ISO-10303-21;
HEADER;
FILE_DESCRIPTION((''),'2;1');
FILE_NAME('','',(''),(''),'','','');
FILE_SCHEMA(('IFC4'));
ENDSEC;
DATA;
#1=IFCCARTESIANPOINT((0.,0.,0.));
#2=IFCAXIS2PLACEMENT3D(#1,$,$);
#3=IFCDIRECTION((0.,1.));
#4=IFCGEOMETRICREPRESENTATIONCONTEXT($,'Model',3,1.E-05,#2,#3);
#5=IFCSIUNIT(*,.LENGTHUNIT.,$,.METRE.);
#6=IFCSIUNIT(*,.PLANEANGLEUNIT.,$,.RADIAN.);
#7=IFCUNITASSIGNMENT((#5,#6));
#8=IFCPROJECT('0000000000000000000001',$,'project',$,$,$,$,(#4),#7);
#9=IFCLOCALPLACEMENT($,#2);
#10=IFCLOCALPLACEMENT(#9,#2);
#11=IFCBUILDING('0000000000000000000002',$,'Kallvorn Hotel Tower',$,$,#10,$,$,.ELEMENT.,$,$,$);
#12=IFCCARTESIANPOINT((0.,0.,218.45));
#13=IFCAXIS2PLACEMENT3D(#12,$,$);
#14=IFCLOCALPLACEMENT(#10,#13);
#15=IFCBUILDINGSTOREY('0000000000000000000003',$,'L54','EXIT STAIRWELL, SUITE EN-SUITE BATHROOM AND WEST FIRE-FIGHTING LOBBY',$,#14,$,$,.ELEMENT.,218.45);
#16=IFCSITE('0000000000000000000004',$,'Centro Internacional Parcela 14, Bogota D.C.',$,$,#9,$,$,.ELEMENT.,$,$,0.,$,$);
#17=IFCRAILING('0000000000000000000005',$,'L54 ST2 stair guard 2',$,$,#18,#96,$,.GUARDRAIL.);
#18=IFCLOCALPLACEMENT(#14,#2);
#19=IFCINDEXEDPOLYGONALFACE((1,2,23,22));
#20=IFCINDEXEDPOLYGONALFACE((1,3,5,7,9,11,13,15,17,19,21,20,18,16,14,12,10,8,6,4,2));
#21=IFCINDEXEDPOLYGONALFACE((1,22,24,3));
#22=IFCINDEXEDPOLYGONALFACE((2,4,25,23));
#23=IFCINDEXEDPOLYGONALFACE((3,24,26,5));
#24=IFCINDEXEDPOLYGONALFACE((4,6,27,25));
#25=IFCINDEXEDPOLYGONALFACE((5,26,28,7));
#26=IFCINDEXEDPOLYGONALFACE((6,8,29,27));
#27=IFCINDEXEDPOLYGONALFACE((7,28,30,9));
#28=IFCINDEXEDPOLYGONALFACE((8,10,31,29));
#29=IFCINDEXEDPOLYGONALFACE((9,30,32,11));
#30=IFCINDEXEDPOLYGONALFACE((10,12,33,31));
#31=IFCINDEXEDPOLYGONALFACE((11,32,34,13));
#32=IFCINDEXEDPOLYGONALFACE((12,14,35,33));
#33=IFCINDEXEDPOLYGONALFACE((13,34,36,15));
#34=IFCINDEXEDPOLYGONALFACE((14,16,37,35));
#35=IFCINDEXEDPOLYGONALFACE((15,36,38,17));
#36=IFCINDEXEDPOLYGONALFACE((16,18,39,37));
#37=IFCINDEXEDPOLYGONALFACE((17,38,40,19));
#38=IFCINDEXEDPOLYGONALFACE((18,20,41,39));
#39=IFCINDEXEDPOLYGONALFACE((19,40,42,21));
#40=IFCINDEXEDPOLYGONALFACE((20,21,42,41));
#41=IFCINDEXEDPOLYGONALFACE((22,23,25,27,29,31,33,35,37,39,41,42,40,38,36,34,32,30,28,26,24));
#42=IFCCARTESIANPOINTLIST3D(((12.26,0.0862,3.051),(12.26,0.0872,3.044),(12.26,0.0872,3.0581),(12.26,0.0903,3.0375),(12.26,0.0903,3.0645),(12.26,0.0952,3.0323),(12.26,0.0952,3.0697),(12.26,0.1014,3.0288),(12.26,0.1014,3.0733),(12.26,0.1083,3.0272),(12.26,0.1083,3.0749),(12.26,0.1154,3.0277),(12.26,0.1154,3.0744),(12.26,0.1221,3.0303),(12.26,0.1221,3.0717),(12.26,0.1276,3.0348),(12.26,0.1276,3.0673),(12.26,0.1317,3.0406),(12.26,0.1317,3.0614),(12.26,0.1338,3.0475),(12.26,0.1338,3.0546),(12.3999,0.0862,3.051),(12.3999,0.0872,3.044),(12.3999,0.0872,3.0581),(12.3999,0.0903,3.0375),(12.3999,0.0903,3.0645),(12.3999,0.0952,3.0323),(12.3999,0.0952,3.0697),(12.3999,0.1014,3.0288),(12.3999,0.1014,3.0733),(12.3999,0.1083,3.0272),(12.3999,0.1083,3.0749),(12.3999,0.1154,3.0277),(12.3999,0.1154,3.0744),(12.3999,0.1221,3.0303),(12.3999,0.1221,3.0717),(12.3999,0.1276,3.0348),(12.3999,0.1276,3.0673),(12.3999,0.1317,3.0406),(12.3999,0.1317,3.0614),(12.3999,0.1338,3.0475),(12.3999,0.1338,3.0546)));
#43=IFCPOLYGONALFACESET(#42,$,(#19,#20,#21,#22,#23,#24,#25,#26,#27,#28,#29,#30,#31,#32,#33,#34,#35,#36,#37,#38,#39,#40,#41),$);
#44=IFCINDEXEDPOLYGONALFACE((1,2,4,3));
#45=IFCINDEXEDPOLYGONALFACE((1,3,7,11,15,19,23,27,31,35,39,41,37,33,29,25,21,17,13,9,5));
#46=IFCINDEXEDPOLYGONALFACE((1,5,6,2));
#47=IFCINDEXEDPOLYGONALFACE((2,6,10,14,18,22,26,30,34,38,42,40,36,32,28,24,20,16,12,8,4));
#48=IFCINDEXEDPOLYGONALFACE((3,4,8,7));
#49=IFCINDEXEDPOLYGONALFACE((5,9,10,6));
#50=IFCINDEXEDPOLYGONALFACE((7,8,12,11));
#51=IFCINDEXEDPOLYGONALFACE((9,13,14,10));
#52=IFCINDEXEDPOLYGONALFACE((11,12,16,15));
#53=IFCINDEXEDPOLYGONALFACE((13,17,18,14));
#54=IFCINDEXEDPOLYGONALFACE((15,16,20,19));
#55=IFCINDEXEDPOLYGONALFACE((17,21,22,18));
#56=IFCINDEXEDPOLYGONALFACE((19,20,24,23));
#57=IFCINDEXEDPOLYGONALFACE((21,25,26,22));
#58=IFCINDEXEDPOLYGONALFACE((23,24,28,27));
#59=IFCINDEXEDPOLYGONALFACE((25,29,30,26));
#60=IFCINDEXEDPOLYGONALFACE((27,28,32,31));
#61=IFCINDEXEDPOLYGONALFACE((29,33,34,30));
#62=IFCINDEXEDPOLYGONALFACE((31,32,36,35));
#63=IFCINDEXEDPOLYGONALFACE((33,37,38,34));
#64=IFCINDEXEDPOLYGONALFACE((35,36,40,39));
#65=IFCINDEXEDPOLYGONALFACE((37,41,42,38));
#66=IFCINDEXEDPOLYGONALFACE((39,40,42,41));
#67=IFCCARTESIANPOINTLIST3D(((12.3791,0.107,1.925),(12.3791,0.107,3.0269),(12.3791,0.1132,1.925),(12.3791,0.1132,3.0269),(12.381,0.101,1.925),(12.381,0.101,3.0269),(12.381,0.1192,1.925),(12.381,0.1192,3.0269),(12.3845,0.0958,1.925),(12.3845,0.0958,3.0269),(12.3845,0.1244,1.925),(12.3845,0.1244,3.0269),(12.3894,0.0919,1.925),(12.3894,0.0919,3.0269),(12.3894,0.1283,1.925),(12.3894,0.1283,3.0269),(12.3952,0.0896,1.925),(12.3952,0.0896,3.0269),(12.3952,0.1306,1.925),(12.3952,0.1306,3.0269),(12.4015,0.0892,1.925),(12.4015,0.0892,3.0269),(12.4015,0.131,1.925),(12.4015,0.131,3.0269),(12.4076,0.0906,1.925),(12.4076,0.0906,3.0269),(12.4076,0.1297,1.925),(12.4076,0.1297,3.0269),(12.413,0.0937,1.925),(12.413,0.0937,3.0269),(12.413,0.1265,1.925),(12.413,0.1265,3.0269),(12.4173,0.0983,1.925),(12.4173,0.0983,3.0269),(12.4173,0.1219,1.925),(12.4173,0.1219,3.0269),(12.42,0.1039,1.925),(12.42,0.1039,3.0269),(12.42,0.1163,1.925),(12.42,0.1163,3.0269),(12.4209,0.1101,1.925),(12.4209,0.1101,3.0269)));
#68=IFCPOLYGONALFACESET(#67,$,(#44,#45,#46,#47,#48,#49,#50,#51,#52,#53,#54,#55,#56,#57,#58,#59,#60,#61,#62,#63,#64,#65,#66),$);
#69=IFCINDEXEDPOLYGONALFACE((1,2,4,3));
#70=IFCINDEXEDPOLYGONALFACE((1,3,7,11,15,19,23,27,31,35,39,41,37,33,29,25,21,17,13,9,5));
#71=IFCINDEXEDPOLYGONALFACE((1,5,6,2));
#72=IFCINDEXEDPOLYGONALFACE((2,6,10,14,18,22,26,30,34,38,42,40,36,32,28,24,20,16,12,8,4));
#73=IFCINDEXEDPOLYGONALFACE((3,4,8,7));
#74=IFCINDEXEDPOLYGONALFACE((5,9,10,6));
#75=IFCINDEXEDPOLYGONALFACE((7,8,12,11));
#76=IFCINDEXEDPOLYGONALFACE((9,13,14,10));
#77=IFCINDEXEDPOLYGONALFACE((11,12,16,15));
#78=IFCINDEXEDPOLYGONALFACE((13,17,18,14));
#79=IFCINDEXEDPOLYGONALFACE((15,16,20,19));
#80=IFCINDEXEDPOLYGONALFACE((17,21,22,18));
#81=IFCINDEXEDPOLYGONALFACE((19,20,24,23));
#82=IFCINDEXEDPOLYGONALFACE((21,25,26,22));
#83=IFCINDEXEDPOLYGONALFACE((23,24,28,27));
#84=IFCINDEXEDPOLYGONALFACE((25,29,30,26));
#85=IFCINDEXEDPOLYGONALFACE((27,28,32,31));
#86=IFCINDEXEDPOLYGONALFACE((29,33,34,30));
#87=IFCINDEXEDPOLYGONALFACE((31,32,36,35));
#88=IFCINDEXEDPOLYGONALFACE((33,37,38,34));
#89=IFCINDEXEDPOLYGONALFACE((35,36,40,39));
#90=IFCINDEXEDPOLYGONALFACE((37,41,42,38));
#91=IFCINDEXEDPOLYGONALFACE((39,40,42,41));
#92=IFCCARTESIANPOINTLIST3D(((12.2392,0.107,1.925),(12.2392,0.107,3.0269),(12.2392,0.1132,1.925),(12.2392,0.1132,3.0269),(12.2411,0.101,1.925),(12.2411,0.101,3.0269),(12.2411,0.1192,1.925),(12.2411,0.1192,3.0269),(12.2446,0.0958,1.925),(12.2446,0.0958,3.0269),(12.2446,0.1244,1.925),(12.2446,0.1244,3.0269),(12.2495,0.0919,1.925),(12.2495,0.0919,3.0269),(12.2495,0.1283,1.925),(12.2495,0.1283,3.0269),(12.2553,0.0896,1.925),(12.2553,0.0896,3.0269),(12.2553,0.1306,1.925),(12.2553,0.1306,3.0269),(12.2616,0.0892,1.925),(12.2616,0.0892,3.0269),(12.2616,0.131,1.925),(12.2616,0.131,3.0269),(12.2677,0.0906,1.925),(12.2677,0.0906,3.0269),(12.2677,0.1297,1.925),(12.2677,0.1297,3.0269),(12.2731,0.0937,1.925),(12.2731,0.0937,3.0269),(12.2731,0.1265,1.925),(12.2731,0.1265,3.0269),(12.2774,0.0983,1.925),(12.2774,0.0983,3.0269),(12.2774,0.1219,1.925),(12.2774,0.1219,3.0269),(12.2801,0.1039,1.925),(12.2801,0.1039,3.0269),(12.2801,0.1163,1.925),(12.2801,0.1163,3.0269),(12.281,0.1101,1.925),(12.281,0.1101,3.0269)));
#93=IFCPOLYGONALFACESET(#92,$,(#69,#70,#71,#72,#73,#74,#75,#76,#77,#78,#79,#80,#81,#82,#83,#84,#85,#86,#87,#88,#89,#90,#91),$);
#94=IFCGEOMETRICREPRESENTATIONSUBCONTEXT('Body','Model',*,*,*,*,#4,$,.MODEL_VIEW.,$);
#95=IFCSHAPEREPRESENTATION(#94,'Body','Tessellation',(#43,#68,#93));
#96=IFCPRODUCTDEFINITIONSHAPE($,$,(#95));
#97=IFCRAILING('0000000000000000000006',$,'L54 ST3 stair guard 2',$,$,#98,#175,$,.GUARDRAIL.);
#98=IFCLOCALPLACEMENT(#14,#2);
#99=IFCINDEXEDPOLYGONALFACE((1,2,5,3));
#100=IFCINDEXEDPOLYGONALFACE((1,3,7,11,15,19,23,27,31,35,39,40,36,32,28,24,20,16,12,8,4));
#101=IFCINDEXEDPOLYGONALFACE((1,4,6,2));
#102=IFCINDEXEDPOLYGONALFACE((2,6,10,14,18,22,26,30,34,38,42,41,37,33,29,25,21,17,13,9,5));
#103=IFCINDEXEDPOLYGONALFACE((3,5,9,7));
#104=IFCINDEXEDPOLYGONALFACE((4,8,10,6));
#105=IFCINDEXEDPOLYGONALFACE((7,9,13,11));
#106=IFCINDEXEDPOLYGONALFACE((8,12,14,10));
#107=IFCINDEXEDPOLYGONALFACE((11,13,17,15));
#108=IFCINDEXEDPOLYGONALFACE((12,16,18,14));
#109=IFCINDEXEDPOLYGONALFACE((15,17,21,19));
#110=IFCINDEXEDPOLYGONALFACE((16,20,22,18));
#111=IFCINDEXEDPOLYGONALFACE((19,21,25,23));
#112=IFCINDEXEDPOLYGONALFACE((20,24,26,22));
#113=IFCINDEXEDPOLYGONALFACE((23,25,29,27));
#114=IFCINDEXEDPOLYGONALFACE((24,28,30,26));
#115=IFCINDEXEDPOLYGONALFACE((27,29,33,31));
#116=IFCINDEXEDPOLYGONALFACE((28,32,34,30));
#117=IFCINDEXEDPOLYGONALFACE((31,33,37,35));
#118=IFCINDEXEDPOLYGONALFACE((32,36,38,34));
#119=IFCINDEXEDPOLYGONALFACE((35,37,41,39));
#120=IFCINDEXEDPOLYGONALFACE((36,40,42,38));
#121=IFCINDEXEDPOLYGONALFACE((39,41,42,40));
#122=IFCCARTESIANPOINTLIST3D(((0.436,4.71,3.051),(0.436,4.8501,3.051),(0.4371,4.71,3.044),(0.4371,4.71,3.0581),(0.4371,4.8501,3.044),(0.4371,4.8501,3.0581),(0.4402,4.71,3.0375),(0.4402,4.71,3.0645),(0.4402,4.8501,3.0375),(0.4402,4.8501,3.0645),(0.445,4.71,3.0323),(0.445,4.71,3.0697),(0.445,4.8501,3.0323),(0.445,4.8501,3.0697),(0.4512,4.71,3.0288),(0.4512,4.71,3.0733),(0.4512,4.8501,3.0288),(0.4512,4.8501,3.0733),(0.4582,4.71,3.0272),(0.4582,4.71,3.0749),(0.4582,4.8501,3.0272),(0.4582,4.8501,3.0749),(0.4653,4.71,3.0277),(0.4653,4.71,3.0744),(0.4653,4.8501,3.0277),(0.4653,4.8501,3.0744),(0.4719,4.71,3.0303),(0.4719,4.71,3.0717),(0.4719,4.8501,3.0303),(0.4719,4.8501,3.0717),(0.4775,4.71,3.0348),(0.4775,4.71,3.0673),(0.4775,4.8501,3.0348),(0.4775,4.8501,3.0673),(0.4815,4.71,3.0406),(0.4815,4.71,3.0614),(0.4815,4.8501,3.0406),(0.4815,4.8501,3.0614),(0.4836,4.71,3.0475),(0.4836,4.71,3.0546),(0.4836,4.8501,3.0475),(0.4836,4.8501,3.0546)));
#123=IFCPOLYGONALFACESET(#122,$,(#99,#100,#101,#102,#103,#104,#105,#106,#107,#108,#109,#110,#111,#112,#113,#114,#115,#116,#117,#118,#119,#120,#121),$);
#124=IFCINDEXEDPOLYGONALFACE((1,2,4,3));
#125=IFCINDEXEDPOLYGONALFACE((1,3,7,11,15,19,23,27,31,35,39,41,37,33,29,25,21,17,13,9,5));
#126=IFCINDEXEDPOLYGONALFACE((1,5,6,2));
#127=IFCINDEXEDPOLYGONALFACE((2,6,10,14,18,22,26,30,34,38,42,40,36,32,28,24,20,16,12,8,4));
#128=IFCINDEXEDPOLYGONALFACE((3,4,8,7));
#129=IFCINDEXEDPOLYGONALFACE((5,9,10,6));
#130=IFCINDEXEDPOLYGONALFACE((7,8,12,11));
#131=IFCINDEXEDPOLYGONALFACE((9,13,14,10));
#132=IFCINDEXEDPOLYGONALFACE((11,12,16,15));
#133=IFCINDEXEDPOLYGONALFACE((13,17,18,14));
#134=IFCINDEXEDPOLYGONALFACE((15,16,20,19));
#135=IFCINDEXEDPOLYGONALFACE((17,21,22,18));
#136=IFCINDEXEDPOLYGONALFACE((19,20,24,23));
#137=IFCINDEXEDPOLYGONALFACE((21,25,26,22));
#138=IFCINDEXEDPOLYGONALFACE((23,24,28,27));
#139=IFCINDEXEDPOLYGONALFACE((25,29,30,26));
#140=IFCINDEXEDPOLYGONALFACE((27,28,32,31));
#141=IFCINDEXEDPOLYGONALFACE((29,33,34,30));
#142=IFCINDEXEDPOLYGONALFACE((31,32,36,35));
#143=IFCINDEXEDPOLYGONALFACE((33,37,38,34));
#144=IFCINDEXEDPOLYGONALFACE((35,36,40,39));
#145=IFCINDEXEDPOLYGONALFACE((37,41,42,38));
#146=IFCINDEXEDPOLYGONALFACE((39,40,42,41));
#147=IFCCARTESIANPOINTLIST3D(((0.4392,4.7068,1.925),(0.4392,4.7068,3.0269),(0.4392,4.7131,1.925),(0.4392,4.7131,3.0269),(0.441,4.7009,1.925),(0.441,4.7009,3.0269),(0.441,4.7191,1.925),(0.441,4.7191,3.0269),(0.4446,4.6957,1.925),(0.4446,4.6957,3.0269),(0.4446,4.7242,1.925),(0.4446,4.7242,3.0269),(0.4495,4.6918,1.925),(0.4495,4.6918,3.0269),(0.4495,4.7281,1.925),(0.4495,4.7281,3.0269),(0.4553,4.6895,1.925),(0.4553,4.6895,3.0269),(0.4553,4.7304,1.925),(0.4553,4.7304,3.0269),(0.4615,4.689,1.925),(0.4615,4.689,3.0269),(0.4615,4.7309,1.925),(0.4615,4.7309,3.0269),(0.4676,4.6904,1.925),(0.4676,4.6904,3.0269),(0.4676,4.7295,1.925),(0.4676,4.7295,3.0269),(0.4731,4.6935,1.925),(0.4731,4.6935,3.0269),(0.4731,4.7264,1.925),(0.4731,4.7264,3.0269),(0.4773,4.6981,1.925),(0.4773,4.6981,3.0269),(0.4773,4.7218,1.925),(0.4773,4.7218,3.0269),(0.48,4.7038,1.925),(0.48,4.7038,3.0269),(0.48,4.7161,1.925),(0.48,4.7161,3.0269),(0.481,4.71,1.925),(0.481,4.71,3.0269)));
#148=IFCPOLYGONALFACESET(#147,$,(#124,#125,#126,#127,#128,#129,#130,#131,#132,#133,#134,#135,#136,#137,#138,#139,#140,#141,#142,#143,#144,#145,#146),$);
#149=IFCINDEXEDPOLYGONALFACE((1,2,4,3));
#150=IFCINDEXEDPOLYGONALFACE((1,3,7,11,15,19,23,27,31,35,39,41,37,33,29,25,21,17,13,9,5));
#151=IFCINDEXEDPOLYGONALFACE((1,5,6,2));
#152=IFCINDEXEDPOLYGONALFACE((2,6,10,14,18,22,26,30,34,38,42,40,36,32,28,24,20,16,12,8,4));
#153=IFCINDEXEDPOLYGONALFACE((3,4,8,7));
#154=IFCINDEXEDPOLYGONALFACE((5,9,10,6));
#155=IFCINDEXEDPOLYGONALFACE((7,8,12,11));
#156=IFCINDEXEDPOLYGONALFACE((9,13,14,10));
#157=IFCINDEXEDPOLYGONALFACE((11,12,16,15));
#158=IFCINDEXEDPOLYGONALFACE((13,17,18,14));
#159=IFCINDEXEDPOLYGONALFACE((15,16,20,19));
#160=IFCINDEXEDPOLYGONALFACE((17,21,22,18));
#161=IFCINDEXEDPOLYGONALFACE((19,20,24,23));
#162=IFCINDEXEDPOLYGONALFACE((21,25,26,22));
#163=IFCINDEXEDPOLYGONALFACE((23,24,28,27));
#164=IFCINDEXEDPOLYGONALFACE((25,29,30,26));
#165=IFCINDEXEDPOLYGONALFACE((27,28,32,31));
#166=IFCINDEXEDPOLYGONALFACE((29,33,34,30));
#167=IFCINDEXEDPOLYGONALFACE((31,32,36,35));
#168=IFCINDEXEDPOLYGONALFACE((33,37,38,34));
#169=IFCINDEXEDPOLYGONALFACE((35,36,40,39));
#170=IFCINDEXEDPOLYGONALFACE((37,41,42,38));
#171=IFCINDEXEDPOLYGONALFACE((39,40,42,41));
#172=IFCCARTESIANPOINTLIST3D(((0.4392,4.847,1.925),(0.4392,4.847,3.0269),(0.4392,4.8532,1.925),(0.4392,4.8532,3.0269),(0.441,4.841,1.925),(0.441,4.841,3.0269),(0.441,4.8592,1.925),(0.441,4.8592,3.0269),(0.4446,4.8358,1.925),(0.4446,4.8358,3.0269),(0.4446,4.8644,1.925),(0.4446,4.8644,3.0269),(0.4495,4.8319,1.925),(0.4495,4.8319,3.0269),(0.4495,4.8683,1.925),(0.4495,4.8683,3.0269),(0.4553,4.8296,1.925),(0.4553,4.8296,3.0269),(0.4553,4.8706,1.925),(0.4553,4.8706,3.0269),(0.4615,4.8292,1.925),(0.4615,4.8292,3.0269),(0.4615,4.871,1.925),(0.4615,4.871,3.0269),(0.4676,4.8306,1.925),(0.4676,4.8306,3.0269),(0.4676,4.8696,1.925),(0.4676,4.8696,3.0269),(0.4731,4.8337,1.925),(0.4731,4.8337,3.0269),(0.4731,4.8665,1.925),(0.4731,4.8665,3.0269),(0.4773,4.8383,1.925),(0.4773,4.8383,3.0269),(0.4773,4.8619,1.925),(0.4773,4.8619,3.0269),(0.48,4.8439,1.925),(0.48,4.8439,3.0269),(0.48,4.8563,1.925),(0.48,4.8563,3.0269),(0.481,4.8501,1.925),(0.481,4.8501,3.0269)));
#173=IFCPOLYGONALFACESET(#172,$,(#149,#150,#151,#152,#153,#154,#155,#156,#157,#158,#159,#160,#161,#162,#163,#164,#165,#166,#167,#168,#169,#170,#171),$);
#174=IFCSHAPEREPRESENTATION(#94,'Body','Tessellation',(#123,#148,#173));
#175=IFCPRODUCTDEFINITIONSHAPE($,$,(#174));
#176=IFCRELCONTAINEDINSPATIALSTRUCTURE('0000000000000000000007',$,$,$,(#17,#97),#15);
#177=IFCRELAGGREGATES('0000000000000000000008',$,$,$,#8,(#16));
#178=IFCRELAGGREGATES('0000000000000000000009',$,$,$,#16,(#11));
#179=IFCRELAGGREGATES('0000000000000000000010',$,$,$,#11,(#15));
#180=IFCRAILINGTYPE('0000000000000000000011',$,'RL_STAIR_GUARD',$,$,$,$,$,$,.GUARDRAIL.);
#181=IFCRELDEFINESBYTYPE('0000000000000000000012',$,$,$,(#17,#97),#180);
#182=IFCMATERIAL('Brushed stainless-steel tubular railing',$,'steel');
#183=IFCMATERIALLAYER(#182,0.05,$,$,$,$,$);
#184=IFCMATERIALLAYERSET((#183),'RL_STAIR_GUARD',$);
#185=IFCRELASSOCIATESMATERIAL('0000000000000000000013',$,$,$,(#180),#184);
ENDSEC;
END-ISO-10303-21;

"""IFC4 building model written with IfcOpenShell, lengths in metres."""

from ifc_helpers import new_model, si_unit, direction, frame, origin, origin_2d, place, context, subcontext, project, spatial, circle, extrude, material, layer, layer_set, type_object, element, save


model = new_model("IFC4")

# Units and contexts
model_context = context("Model", 3, precision=1e-05, world=origin(), true_north=direction((0.0, 1.0)))
body_context = subcontext(model_context, "Body", "Model", "MODEL_VIEW")
ifc_project = project(units=[si_unit("LENGTHUNIT", "METRE"), si_unit("PLANEANGLEUNIT", "RADIAN")], contexts=[model_context])

# Site, building, storey
site_placement = place(None, origin())
site = spatial("IfcSite", under=ifc_project, at=site_placement, Name="Centro Internacional Parcela 14, Bogota D.C.", CompositionType="ELEMENT", RefElevation=0.0)
building_placement = place(site_placement, origin())
building = spatial("IfcBuilding", under=site, at=building_placement, Name="Kallvorn Hotel Tower", CompositionType="ELEMENT")
storey_placement = place(building_placement, frame((0.0, 0.0, 218.45)))
storey = spatial("IfcBuildingStorey", under=building, at=storey_placement, Name="L54", Description="EXIT STAIRWELL, SUITE EN-SUITE BATHROOM AND WEST FIRE-FIGHTING LOBBY", CompositionType="ELEMENT", Elevation=218.45)

# Railings
ifc_material_1 = material(Name="Brushed stainless-steel tubular railing", Category="steel")
ifc_layer_1 = layer(ifc_material_1, 0.05)
ifc_layer_set_1 = layer_set([ifc_layer_1], Name="RL_STAIR_GUARD")
railing_type_1 = type_object("IfcRailingType", Name="RL_STAIR_GUARD", PredefinedType="GUARDRAIL", material=ifc_layer_set_1)
railing_1_placement = place(storey_placement, frame((12.3999, 0.1101, 1.925)))
element("IfcRailing", 1, at=railing_1_placement, inside=storey, type_object=railing_type_1, Name="L54 ST2 stair guard 2", PredefinedType="GUARDRAIL", context=body_context, shape_type="SweptSolid", body=[
    extrude(circle(Radius=0.0239, at=origin_2d()), frame((0.0, 0.0, 1.126), z_axis=(-1.0, 0.0, 0.0), x_axis=(0.0, -1.0, 0.0)), (0.0, 0.0, 1.0), 0.1399),
    extrude(circle(Radius=0.021, at=origin_2d()), origin(), (0.0, 0.0, 1.0), 1.1018),
    extrude(circle(Radius=0.021, at=origin_2d()), frame((-0.1399, 0.0, 0.0)), (0.0, 0.0, 1.0), 1.1018),
])
railing_2_placement = place(storey_placement, frame((0.46, 4.71, 1.925)))
element("IfcRailing", 2, at=railing_2_placement, inside=storey, type_object=railing_type_1, Name="L54 ST3 stair guard 2", PredefinedType="GUARDRAIL", context=body_context, shape_type="SweptSolid", body=[
    extrude(circle(Radius=0.0239, at=origin_2d()), frame((0.0, 0.0, 1.126), z_axis=(0.0, 1.0, 0.0), x_axis=(-1.0, 0.0, 0.0)), (0.0, 0.0, 1.0), 0.1401),
    extrude(circle(Radius=0.021, at=origin_2d()), origin(), (0.0, 0.0, 1.0), 1.1018),
    extrude(circle(Radius=0.021, at=origin_2d()), frame((0.0, 0.1401, 0.0)), (0.0, 0.0, 1.0), 1.1018),
])

save(model, "model.ifc")
